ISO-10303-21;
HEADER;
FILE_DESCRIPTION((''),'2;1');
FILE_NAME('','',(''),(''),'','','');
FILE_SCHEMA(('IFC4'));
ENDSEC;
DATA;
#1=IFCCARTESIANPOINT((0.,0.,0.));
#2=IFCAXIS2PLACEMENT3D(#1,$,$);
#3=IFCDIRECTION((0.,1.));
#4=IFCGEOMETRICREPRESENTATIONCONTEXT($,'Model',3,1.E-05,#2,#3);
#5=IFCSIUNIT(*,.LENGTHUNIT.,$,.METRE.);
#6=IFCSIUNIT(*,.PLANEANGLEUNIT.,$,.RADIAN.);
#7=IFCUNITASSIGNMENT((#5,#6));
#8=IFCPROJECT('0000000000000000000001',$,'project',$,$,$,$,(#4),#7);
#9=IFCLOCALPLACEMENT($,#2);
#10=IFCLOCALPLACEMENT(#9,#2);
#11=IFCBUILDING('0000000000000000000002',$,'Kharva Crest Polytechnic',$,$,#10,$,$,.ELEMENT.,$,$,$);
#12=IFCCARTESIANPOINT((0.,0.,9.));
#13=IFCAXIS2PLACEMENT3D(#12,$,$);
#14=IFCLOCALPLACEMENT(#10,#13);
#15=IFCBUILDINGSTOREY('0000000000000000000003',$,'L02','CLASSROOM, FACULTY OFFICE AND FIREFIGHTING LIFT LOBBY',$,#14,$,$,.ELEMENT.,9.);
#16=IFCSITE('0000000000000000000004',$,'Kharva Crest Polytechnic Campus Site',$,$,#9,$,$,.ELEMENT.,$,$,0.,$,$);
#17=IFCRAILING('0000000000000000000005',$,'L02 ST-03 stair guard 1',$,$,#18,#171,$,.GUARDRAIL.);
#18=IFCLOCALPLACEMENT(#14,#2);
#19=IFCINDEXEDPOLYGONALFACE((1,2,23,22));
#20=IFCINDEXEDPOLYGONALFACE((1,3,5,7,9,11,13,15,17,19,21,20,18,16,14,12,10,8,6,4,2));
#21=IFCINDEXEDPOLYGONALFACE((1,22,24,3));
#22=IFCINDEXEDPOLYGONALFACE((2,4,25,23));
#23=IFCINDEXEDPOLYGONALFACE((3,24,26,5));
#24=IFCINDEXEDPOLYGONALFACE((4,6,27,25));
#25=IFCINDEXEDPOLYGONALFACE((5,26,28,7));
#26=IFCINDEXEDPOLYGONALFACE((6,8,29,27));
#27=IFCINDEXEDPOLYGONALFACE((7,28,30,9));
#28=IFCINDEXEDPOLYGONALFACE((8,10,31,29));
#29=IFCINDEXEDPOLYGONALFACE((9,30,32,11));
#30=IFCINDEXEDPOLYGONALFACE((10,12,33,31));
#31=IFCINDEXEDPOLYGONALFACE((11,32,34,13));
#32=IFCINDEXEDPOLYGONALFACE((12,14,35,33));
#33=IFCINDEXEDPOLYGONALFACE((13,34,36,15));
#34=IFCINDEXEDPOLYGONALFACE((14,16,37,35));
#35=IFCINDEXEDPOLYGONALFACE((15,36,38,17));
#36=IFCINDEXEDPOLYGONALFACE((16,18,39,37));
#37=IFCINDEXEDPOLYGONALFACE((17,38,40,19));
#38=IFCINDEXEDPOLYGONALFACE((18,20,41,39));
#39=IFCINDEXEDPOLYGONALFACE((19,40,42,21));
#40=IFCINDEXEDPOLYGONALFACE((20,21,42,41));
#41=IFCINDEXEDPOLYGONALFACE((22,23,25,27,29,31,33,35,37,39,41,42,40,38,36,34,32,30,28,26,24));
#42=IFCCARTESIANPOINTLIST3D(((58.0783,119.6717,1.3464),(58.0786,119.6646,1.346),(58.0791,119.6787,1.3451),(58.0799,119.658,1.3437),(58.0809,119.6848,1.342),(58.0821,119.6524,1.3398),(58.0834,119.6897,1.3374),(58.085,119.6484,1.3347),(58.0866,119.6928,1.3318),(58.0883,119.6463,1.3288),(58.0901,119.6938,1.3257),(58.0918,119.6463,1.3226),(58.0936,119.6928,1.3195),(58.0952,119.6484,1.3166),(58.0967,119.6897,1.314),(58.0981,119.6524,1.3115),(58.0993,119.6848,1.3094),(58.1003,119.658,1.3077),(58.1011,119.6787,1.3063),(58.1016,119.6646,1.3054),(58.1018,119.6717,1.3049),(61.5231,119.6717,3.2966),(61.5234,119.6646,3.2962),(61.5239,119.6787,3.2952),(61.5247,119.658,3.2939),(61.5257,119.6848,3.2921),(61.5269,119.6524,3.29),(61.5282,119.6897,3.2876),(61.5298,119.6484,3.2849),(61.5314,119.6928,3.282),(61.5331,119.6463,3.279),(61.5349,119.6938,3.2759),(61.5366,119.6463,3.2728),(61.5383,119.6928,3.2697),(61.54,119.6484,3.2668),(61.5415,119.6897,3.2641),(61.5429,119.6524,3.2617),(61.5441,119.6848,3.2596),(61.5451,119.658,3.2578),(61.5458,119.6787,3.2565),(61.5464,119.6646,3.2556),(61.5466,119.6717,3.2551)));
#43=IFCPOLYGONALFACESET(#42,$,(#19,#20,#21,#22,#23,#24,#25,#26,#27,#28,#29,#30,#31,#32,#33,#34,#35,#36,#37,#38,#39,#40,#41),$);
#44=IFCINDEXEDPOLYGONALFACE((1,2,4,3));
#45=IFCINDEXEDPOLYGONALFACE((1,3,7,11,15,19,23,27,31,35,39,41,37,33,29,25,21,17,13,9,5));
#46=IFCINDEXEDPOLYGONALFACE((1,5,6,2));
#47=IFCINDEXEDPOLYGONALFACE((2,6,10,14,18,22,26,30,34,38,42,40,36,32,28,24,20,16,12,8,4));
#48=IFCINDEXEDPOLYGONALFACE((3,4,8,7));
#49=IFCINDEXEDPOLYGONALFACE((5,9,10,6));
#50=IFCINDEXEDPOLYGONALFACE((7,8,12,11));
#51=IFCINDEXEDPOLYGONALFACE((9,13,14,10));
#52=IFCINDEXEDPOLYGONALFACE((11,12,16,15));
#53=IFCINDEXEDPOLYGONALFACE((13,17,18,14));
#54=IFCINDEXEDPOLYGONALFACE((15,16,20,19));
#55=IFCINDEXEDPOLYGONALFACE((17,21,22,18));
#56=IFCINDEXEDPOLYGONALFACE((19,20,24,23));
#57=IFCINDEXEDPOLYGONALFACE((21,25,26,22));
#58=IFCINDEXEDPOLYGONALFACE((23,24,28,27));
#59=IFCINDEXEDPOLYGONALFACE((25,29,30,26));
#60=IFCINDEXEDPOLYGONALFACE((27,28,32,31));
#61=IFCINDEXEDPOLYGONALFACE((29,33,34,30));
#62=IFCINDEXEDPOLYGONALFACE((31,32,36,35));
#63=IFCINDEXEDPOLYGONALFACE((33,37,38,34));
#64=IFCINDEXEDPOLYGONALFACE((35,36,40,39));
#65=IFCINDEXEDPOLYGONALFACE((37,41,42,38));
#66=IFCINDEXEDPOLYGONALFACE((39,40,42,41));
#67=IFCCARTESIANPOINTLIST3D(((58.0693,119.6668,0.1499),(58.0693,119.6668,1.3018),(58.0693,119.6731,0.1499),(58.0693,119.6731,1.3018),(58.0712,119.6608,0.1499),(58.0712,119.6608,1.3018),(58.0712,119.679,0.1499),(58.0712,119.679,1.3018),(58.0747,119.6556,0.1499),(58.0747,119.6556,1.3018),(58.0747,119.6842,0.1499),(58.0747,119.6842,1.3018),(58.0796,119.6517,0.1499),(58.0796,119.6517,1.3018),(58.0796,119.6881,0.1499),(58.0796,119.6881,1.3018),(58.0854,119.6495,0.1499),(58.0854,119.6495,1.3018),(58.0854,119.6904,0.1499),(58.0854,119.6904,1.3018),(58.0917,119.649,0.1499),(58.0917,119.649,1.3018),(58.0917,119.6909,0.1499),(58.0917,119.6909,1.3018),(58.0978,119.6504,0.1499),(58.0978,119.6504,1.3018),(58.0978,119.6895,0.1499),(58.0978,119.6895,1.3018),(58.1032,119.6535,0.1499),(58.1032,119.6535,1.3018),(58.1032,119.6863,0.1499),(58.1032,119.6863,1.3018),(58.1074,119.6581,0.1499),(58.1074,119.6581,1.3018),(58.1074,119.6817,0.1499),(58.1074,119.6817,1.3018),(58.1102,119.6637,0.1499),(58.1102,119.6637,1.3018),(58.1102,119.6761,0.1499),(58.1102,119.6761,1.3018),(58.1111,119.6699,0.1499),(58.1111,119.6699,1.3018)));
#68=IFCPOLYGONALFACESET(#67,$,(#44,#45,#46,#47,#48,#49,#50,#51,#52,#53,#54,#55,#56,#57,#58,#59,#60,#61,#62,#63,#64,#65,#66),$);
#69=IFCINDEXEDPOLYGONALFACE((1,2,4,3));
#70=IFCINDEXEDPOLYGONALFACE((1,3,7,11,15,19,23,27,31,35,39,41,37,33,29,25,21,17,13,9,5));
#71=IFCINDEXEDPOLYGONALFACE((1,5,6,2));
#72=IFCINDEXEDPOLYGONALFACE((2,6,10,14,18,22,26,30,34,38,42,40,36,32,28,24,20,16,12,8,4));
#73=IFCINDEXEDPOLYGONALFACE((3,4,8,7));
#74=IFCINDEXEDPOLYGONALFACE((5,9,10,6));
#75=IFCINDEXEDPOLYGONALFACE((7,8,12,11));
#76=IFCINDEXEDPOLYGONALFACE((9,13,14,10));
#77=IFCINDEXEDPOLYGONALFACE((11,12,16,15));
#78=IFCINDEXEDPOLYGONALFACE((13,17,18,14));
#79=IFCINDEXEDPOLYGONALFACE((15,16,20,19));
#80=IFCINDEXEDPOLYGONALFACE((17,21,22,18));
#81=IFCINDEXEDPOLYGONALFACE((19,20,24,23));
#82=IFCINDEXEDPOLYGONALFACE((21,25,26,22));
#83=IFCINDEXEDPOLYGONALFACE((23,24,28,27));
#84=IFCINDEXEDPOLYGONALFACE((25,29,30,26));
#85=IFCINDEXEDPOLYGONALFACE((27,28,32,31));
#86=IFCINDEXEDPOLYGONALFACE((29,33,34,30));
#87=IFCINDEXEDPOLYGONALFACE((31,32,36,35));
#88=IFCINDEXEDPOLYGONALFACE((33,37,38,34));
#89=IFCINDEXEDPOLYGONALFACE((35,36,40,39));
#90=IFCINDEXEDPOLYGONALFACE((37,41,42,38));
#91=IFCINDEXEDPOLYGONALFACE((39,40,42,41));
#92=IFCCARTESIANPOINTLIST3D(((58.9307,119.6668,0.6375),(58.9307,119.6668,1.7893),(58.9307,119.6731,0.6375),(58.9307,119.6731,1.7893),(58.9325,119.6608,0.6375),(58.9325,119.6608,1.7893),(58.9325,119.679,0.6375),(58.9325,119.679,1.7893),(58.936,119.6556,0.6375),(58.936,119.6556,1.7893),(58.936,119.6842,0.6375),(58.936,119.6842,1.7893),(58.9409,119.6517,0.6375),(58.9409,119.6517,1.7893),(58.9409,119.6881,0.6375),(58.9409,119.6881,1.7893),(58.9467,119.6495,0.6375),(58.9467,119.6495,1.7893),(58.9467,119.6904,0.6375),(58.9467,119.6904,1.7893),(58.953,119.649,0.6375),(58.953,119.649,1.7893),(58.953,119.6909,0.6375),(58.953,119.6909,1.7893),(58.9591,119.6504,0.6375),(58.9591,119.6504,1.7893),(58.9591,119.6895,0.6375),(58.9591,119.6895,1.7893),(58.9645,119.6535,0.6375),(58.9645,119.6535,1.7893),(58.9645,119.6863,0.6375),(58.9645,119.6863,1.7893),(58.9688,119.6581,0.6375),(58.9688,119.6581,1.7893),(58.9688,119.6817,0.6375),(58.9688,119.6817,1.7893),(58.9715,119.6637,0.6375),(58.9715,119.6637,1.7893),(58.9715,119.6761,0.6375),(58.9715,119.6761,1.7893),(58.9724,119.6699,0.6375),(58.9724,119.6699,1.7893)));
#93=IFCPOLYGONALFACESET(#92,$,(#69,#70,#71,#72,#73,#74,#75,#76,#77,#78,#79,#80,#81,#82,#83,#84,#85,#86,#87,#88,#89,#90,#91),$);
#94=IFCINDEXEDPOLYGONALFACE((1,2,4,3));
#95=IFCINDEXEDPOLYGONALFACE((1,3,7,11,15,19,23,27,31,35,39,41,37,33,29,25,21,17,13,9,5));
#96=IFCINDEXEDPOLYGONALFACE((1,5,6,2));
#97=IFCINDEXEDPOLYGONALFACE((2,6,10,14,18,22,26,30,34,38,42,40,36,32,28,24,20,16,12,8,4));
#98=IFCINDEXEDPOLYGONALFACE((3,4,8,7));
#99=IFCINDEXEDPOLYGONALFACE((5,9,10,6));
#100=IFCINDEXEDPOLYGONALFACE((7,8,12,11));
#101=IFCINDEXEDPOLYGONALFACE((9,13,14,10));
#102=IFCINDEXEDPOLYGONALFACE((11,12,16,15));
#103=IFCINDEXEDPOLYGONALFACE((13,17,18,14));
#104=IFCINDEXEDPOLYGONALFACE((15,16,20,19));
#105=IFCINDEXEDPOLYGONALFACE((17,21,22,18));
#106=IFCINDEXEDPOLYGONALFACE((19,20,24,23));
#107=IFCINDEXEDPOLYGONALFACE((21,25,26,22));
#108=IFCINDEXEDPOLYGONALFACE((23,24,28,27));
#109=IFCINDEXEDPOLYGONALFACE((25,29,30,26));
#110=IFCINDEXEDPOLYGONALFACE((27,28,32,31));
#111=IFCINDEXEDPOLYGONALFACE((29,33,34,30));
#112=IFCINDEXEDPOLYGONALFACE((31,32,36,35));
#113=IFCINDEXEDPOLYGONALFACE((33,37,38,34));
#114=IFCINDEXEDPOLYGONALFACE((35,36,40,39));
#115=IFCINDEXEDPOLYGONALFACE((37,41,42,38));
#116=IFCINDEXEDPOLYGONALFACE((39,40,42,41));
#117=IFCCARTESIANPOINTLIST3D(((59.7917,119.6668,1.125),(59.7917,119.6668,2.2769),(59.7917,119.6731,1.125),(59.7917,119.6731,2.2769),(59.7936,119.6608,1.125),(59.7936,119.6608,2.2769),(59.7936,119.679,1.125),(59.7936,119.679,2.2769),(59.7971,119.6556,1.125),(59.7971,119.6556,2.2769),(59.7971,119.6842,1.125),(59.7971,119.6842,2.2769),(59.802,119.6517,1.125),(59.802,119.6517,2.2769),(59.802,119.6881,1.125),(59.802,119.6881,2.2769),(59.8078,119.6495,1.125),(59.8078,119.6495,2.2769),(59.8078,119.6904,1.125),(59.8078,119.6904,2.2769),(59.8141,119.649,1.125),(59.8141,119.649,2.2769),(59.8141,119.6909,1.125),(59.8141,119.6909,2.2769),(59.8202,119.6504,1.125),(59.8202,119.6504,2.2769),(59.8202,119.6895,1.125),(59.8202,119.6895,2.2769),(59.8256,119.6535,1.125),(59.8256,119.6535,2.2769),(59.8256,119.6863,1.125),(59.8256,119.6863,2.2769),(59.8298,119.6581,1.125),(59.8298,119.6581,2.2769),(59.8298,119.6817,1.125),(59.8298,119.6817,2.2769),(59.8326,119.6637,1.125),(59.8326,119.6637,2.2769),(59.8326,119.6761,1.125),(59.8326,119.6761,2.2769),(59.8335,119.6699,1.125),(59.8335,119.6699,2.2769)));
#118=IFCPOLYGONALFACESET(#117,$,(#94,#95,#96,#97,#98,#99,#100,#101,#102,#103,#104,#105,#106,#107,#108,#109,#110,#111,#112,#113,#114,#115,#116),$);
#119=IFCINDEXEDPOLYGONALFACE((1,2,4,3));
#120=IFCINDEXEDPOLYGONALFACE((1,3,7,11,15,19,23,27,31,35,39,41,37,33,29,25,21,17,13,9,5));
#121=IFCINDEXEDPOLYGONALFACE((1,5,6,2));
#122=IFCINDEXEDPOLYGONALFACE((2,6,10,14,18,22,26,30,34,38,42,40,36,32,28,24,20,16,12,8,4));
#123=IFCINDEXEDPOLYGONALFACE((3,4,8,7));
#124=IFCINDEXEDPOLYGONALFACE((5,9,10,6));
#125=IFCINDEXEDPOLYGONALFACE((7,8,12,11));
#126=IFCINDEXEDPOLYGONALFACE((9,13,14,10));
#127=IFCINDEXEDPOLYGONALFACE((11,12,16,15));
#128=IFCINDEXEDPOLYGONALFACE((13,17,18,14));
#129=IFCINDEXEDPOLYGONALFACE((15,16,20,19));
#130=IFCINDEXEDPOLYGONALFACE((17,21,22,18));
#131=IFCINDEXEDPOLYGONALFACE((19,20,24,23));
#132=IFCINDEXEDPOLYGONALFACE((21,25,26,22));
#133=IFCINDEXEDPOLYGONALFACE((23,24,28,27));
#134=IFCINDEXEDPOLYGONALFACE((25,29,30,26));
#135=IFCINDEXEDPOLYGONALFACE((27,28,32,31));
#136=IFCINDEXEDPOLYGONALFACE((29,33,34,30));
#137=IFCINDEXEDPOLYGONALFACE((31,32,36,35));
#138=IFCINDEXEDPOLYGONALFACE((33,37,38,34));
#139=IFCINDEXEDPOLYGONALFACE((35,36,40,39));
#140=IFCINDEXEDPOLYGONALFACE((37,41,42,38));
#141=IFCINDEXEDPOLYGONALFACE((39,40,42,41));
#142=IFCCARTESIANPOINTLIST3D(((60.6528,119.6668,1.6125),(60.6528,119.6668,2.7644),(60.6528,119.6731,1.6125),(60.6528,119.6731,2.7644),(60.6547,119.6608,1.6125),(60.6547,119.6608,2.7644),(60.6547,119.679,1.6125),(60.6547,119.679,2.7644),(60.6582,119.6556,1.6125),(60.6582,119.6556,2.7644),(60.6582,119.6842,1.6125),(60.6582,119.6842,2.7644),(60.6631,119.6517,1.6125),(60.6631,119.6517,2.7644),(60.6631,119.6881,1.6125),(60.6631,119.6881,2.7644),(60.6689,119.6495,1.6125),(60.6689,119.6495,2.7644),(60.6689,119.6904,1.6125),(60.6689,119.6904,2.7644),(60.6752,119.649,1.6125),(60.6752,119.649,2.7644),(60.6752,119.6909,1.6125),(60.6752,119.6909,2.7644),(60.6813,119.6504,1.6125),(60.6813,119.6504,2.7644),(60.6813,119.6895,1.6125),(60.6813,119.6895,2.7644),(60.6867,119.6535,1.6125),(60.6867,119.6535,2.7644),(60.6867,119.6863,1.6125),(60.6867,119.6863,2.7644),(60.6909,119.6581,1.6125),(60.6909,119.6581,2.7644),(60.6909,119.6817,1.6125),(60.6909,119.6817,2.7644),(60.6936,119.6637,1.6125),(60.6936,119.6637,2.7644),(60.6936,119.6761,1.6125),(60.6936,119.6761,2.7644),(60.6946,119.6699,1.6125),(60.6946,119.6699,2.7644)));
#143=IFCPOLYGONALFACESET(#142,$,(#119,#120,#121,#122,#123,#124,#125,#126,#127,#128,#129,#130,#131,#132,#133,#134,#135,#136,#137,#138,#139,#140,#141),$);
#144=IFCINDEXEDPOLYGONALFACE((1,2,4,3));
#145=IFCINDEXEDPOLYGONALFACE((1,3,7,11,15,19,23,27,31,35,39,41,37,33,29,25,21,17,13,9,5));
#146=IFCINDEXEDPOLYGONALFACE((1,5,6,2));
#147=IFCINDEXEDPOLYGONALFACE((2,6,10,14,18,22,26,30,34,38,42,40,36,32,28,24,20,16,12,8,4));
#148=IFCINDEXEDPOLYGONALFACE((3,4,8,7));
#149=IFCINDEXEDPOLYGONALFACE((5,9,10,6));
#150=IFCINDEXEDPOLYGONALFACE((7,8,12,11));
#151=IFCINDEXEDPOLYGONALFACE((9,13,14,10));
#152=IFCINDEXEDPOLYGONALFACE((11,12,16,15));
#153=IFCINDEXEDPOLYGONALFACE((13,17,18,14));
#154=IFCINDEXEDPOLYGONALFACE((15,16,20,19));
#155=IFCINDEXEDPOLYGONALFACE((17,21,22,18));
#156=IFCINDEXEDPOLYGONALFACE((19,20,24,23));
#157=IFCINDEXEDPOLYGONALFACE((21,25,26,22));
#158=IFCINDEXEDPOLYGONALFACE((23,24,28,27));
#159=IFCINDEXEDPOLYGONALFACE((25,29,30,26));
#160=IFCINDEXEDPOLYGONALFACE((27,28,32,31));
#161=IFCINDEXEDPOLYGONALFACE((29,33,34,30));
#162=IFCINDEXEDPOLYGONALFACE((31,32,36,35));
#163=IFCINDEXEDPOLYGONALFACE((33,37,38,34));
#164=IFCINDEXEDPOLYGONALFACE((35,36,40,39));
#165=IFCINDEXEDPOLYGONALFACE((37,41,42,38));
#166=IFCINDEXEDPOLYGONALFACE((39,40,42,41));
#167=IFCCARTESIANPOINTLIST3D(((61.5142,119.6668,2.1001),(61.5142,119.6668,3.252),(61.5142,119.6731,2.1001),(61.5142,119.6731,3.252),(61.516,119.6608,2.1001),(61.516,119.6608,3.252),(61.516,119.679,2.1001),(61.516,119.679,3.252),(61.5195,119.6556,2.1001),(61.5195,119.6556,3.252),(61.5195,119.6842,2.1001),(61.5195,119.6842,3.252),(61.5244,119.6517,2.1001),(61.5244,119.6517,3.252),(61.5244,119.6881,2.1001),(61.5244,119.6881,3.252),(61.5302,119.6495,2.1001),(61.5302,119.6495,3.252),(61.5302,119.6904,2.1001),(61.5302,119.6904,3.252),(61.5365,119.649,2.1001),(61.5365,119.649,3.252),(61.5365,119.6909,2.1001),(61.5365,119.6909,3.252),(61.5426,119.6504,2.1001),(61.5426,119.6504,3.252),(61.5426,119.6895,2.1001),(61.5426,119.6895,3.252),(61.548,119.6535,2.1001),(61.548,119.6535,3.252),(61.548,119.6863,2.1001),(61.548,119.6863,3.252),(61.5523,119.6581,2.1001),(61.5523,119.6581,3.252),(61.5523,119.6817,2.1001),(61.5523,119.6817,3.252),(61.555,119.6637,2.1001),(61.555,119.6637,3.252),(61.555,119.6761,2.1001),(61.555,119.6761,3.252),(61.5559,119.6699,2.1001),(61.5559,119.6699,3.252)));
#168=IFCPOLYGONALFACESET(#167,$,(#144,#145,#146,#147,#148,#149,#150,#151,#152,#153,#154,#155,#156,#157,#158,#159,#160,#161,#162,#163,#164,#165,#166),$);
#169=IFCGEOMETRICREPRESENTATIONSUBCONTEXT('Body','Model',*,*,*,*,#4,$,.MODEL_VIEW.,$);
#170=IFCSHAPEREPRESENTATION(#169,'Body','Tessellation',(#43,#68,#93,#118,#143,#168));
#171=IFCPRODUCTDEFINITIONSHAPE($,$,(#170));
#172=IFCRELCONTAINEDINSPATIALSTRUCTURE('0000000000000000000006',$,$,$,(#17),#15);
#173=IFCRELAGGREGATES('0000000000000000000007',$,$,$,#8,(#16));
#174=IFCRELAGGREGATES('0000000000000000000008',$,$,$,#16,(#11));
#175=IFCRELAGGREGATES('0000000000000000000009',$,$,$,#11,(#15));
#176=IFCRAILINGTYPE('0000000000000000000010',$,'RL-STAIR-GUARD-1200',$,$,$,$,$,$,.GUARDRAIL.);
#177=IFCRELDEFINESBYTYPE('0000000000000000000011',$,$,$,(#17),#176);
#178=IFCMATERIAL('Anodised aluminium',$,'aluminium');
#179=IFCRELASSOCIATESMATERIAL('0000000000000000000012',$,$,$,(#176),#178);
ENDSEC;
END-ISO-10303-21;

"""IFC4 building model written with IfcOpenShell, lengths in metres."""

from ifc_helpers import new_model, si_unit, direction, frame, origin, origin_2d, place, context, subcontext, project, spatial, circle, extrude, material, type_object, element, save


model = new_model("IFC4")

# Units and contexts
model_context = context("Model", 3, precision=1e-05, world=origin(), true_north=direction((0.0, 1.0)))
body_context = subcontext(model_context, "Body", "Model", "MODEL_VIEW")
ifc_project = project(units=[si_unit("LENGTHUNIT", "METRE"), si_unit("PLANEANGLEUNIT", "RADIAN")], contexts=[model_context])

# Site, building, storey
site_placement = place(None, origin())
site = spatial("IfcSite", under=ifc_project, at=site_placement, Name="Kharva Crest Polytechnic Campus Site", CompositionType="ELEMENT", RefElevation=0.0)
building_placement = place(site_placement, origin())
building = spatial("IfcBuilding", under=site, at=building_placement, Name="Kharva Crest Polytechnic", CompositionType="ELEMENT")
storey_placement = place(building_placement, frame((0.0, 0.0, 9.0)))
storey = spatial("IfcBuildingStorey", under=building, at=storey_placement, Name="L02", Description="CLASSROOM, FACULTY OFFICE AND FIREFIGHTING LIFT LOBBY", CompositionType="ELEMENT", Elevation=9.0)

# Shared definitions
ifc_material_1 = material(Name="Anodised aluminium", Category="aluminium")

# Railing
railing_type_1 = type_object("IfcRailingType", Name="RL-STAIR-GUARD-1200", PredefinedType="GUARDRAIL", material=ifc_material_1)
railing_1_placement = place(storey_placement, frame((58.0901, 119.6699, 0.1499)))
element("IfcRailing", 1, at=railing_1_placement, inside=storey, type_object=railing_type_1, Name="L02 ST-03 stair guard 1", PredefinedType="GUARDRAIL", context=body_context, shape_type="SweptSolid", body=[
    extrude(circle(Radius=0.0239, at=origin_2d()), frame((0.0, 0.0, 1.1758), z_axis=(0.870225, 0.0, 0.492655), x_axis=(0.0, 1.0, 0.0)), (0.0, 0.0, 1.0), 3.9585),
    extrude(circle(Radius=0.021, at=origin_2d()), origin(), (0.0, 0.0, 1.0), 1.1519),
    extrude(circle(Radius=0.021, at=origin_2d()), frame((0.8613, 0.0, 0.4875)), (0.0, 0.0, 1.0), 1.1519),
    extrude(circle(Radius=0.021, at=origin_2d()), frame((1.7224, 0.0, 0.9751)), (0.0, 0.0, 1.0), 1.1519),
    extrude(circle(Radius=0.021, at=origin_2d()), frame((2.5835, 0.0, 1.4626)), (0.0, 0.0, 1.0), 1.1519),
    extrude(circle(Radius=0.021, at=origin_2d()), frame((3.4448, 0.0, 1.9502)), (0.0, 0.0, 1.0), 1.1519),
])

save(model, "model.ifc")
